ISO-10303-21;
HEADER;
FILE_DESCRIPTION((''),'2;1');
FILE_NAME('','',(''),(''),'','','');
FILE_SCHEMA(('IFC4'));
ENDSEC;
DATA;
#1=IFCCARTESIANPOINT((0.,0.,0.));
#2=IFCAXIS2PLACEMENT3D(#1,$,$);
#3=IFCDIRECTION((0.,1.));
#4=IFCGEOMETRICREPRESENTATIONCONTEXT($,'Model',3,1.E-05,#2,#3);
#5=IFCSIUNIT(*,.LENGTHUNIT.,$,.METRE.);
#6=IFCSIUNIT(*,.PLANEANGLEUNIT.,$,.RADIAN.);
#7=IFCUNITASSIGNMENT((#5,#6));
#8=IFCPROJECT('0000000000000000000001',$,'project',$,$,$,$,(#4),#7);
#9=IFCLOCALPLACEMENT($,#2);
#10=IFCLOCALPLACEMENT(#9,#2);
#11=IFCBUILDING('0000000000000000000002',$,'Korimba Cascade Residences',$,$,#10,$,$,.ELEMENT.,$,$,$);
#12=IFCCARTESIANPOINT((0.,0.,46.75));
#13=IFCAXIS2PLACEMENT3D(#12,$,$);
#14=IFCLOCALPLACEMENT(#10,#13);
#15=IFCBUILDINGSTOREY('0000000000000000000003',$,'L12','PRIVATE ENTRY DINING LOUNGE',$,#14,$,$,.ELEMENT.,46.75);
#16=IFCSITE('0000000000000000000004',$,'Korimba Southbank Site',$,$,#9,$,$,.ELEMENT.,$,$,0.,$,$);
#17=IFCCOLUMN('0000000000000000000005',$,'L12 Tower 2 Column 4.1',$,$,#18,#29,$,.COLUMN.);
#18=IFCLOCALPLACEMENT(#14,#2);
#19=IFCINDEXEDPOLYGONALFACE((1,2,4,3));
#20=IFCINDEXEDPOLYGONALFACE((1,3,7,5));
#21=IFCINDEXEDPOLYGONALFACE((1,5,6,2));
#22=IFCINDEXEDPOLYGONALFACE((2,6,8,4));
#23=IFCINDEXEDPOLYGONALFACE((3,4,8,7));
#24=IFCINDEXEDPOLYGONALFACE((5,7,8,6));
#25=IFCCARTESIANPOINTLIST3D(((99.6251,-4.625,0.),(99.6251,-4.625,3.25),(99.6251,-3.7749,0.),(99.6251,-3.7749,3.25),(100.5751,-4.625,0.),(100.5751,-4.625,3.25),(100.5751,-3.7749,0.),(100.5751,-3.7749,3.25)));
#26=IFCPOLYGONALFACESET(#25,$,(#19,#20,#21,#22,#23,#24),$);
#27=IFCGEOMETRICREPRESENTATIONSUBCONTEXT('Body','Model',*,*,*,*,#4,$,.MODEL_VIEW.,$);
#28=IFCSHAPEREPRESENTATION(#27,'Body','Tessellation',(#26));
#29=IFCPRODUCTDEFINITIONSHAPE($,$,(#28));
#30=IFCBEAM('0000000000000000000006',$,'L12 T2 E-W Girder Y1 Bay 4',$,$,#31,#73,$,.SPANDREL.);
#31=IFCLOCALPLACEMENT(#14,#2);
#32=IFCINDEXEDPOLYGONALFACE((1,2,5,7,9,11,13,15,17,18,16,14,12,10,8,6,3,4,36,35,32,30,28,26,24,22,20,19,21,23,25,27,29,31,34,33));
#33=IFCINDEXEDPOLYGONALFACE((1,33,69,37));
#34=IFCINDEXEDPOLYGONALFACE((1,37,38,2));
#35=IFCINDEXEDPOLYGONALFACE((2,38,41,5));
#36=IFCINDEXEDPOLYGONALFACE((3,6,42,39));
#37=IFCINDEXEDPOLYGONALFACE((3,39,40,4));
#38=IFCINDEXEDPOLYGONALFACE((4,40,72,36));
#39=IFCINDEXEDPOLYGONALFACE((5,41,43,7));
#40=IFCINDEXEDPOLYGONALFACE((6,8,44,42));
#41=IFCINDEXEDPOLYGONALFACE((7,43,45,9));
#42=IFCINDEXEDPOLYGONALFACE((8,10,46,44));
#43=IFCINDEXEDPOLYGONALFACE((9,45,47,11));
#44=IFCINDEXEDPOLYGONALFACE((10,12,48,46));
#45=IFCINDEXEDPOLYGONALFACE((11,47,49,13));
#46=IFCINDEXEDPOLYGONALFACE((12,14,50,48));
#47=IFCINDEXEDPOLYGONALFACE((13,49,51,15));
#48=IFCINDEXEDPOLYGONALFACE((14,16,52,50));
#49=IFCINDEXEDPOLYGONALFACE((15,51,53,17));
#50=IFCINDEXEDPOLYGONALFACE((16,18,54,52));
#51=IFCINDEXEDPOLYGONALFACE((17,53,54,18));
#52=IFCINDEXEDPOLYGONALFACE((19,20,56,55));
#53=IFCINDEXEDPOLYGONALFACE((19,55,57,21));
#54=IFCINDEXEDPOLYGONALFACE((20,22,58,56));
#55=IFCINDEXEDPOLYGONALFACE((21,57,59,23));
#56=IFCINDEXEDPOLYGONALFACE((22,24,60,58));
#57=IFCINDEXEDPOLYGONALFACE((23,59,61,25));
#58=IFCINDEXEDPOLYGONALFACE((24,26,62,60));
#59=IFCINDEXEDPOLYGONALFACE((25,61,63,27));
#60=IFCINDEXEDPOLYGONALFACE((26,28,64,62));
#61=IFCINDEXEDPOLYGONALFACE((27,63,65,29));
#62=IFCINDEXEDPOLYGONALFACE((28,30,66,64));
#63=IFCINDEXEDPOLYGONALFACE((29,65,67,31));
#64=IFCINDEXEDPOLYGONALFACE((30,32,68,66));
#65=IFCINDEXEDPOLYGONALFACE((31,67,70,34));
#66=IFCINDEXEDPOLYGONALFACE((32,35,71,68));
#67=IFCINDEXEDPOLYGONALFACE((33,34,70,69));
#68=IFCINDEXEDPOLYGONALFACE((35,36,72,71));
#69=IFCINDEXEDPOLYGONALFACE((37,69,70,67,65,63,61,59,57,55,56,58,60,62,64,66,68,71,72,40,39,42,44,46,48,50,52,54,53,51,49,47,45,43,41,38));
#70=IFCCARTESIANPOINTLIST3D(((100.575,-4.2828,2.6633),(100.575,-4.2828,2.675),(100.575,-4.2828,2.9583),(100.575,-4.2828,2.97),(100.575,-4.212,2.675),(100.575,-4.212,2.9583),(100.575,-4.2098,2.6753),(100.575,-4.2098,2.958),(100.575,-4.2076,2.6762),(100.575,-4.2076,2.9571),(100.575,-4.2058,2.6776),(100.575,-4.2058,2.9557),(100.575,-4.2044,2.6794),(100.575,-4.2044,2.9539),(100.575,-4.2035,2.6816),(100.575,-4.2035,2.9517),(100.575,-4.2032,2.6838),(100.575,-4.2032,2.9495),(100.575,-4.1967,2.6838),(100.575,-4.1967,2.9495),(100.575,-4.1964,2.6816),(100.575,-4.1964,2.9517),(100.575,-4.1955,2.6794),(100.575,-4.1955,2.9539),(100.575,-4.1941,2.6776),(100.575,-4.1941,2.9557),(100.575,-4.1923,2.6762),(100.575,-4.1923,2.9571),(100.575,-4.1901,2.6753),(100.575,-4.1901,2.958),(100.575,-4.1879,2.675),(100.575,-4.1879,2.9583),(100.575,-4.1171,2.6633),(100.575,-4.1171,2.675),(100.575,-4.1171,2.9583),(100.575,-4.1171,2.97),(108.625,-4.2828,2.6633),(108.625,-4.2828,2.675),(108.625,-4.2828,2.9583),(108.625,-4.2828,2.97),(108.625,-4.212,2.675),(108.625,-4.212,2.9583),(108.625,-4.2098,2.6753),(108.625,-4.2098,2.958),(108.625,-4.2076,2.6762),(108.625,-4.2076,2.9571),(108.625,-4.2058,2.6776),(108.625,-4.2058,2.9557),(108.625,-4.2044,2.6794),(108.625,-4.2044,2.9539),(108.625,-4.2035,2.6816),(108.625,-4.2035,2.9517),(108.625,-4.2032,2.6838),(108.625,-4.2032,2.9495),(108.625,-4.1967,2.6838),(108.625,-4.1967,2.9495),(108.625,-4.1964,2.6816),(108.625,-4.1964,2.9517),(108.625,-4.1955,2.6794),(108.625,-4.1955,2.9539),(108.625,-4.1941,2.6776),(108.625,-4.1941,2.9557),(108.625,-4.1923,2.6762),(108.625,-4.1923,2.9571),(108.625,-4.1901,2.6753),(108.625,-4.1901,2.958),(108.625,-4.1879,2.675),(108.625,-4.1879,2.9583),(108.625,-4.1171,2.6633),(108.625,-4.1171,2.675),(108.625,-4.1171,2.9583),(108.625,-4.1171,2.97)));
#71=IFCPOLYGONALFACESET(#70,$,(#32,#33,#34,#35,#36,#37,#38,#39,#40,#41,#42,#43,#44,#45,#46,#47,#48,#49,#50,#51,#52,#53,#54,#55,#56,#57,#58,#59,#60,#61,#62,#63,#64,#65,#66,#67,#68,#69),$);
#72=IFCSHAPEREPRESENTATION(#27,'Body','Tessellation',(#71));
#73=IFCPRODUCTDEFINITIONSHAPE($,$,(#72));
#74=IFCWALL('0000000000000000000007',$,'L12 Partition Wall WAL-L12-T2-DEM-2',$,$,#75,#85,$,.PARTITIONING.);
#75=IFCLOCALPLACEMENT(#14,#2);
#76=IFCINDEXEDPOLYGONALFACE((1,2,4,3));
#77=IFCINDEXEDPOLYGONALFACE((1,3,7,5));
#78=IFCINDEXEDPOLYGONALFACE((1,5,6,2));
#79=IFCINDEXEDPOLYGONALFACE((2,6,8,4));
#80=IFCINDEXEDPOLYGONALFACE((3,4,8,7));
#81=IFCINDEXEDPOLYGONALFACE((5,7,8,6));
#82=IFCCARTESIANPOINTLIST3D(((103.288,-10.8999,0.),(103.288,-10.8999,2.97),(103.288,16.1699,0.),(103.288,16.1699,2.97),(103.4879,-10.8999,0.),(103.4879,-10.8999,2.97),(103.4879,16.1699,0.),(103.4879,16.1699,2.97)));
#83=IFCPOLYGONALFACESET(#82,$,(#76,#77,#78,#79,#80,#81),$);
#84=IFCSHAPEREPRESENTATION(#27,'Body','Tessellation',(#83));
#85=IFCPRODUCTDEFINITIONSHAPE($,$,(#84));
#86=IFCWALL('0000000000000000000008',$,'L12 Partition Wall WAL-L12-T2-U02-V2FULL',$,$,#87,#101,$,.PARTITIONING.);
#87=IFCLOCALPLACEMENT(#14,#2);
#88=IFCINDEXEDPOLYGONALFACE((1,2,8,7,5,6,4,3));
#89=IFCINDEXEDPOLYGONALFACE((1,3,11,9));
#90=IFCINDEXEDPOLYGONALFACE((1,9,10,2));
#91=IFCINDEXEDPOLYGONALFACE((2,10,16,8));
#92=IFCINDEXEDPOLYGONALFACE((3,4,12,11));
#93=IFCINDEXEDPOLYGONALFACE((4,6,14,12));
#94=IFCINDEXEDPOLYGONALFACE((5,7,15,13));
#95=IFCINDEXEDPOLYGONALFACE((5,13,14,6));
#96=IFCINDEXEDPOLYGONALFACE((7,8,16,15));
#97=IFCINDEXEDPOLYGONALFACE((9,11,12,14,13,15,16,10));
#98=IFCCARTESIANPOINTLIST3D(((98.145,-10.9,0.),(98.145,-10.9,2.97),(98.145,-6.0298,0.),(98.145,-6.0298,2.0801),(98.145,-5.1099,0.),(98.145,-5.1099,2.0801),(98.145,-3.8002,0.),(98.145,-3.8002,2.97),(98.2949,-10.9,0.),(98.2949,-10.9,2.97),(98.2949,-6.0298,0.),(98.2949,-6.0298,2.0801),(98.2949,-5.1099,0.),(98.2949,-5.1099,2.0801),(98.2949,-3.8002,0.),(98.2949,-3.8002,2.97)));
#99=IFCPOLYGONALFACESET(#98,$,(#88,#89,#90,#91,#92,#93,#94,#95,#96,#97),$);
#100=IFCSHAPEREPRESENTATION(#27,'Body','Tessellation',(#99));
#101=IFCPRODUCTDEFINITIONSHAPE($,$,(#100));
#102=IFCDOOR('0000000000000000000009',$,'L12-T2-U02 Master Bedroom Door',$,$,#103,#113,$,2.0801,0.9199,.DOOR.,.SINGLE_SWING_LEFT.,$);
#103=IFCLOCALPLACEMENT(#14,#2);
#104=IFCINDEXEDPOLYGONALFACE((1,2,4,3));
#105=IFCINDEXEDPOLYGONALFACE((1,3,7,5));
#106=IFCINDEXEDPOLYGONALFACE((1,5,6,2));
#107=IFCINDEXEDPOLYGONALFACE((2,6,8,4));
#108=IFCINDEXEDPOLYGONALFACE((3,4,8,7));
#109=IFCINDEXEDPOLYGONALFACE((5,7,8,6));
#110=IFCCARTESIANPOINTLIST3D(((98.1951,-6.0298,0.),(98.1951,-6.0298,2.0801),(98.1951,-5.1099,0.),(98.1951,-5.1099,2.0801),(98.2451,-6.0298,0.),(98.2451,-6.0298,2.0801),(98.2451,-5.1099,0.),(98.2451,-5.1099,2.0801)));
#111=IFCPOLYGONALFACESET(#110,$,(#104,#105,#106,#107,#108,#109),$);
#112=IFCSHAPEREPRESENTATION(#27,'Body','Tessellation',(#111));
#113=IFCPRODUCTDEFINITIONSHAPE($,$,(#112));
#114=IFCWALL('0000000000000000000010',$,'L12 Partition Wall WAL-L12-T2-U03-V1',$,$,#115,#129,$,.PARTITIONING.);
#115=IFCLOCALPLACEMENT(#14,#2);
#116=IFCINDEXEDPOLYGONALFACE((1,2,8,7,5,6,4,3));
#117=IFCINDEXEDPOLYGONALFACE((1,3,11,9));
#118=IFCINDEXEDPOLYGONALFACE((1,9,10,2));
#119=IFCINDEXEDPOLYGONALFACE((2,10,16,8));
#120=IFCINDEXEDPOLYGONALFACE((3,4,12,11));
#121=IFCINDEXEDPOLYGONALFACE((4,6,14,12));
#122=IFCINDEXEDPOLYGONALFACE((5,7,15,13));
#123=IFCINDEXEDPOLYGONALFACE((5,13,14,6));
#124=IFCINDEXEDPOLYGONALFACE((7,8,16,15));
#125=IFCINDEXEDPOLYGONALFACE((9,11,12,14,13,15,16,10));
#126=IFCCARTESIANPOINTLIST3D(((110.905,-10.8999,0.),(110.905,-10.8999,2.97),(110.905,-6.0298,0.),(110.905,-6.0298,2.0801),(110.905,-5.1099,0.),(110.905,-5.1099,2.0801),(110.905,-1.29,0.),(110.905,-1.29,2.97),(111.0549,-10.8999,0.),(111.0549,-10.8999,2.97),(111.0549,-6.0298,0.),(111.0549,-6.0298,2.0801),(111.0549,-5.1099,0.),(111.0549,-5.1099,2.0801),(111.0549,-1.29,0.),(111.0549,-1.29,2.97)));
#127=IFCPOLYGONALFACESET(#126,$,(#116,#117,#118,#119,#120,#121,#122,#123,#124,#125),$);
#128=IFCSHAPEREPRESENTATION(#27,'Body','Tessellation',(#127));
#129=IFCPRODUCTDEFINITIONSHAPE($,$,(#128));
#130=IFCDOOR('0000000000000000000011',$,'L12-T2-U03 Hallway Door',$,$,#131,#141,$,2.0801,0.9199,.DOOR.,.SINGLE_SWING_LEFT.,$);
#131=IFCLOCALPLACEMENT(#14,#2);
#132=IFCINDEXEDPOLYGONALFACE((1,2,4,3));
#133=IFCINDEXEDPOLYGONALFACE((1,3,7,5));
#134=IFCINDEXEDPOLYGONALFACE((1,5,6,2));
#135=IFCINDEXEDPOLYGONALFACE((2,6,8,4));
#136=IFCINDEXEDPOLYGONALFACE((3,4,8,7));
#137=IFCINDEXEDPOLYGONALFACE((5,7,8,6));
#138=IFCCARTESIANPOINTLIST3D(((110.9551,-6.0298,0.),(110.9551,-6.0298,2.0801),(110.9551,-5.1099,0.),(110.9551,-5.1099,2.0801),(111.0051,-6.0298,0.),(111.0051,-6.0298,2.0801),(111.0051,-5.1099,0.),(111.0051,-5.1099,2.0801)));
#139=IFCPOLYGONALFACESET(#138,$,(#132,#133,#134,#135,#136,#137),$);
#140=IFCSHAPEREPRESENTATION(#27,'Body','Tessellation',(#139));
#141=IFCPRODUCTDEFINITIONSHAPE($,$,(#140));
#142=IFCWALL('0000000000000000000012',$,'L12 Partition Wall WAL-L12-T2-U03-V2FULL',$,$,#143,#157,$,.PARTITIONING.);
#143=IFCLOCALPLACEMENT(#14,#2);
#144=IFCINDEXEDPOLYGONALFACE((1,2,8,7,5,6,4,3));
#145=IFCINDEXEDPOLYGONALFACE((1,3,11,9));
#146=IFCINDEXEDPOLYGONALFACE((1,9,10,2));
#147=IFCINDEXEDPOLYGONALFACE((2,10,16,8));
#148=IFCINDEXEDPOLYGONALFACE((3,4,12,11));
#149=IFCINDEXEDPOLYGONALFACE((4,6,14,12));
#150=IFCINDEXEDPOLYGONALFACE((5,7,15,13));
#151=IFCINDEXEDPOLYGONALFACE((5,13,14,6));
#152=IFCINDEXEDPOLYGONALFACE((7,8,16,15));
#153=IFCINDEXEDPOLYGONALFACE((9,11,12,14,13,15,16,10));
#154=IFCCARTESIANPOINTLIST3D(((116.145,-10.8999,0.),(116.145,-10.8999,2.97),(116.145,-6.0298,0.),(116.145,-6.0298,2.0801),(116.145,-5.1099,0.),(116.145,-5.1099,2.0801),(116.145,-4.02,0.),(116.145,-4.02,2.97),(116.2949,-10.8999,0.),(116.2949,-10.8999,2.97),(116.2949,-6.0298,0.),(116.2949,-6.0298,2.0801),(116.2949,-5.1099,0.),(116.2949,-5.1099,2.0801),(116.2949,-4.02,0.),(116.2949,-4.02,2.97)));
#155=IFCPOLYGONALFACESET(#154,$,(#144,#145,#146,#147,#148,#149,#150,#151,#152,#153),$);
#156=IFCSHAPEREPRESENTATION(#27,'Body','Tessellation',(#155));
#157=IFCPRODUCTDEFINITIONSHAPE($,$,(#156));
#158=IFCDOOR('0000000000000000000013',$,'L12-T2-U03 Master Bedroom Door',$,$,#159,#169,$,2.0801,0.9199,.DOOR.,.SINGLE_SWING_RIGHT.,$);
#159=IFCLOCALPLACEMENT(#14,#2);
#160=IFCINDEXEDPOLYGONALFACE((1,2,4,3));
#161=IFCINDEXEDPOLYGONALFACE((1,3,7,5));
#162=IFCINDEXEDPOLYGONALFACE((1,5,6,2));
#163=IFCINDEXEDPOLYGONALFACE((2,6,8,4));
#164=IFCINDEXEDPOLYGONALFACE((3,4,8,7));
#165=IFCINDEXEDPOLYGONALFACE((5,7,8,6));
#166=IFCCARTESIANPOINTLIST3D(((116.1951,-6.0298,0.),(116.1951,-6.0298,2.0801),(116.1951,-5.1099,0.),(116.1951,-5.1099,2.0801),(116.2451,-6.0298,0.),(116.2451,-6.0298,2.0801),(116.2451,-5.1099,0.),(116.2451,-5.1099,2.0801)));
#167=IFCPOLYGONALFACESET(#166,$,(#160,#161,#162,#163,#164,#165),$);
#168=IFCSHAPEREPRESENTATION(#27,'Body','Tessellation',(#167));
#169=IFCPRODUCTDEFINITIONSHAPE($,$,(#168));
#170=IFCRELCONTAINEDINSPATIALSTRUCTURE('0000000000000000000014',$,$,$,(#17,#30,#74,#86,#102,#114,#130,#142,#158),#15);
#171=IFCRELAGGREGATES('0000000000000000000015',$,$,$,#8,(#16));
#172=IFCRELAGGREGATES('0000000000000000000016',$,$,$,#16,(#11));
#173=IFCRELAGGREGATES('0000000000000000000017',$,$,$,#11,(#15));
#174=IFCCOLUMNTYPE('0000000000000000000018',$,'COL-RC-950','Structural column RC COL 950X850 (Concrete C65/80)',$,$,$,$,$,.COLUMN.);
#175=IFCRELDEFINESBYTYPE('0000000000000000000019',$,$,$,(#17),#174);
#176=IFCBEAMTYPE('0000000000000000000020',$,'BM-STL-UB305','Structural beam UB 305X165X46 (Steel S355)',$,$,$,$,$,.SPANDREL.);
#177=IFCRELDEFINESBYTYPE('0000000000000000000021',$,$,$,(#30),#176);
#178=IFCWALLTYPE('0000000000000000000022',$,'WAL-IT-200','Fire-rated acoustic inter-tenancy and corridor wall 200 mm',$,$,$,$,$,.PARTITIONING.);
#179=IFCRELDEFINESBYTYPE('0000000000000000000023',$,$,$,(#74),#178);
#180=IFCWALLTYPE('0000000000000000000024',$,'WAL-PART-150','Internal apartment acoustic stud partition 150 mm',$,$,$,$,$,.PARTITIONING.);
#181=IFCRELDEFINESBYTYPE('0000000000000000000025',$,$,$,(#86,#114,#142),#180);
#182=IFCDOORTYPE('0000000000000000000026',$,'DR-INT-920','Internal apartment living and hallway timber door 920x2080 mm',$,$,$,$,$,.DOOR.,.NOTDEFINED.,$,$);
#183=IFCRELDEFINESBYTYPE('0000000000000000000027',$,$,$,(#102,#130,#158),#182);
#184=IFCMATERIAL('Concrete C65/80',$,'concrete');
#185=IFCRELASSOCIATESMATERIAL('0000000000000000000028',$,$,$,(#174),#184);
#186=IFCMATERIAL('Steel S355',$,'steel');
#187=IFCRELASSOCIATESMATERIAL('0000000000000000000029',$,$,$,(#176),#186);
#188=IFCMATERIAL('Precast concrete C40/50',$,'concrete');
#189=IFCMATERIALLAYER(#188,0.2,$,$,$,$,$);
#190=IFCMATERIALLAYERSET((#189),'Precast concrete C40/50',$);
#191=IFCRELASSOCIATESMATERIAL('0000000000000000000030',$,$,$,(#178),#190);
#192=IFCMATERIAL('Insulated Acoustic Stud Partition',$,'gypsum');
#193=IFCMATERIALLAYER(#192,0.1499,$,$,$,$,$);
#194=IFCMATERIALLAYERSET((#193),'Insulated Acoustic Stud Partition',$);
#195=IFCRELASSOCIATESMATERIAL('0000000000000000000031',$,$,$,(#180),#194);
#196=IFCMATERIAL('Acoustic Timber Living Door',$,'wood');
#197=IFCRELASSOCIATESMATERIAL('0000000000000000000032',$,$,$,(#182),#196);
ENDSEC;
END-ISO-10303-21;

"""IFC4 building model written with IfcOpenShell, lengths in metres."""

from ifc_helpers import new_model, si_unit, direction, frame, frame_2d, origin, origin_2d, place, context, subcontext, project, spatial, rectangle, i_section, extrude, material, layer, layer_set, material_profile, profile_set, type_object, element, fill, save


model = new_model("IFC4")

# Units and contexts
model_context = context("Model", 3, precision=1e-05, world=origin(), true_north=direction((0.0, 1.0)))
body_context = subcontext(model_context, "Body", "Model", "MODEL_VIEW")
ifc_project = project(units=[si_unit("LENGTHUNIT", "METRE"), si_unit("PLANEANGLEUNIT", "RADIAN")], contexts=[model_context])

# Site, building, storey
site_placement = place(None, origin())
site = spatial("IfcSite", under=ifc_project, at=site_placement, Name="Korimba Southbank Site", CompositionType="ELEMENT", RefElevation=0.0)
building_placement = place(site_placement, origin())
building = spatial("IfcBuilding", under=site, at=building_placement, Name="Korimba Cascade Residences", CompositionType="ELEMENT")
storey_placement = place(building_placement, frame((0.0, 0.0, 46.75)))
storey = spatial("IfcBuildingStorey", under=building, at=storey_placement, Name="L12", Description="PRIVATE ENTRY DINING LOUNGE", CompositionType="ELEMENT", Elevation=46.75)

# Column
ifc_material_1 = material(Name="Concrete C65/80", Category="concrete")
ifc_material_profile_1 = material_profile(ifc_material_1, rectangle(XDim=0.95, YDim=0.8501, at=origin_2d()), Name="Concrete C65/80")
ifc_profile_set_1 = profile_set([ifc_material_profile_1], Name="Concrete C65/80")
column_type = type_object("IfcColumnType", Name="COL-RC-950", Description="Structural column RC COL 950X850 (Concrete C65/80)", PredefinedType="COLUMN", material=ifc_profile_set_1)
column_placement = place(storey_placement, frame((100.1001, -4.2, 0.0), z_axis=(0.0, 0.0, 1.0), x_axis=(1.0, 0.0, 0.0)))
element("IfcColumn", 1, at=column_placement, inside=storey, type_object=column_type, Name="L12 Tower 2 Column 4.1", PredefinedType="COLUMN", context=body_context, shape_type="SweptSolid", body=[
    extrude(rectangle(XDim=0.95, YDim=0.8501, at=origin_2d()), origin(), (0.0, 0.0, 1.0), 3.25),
])

# Beam
ifc_material_2 = material(Name="Steel S355", Category="steel")
ifc_material_profile_2 = material_profile(ifc_material_2, i_section(OverallWidth=0.1658, OverallDepth=0.3066, WebThickness=0.0066, FlangeThickness=0.0117, FilletRadius=0.0088, at=origin_2d()), Name="Steel S355")
ifc_profile_set_2 = profile_set([ifc_material_profile_2], Name="Steel S355")
beam_type = type_object("IfcBeamType", Name="BM-STL-UB305", Description="Structural beam UB 305X165X46 (Steel S355)", PredefinedType="SPANDREL", material=ifc_profile_set_2)
beam_placement = place(storey_placement, frame((100.575, -4.2, 2.8167), z_axis=(1.0, 0.0, 0.0), x_axis=(0.0, 1.0, 0.0)))
element("IfcBeam", 2, at=beam_placement, inside=storey, type_object=beam_type, Name="L12 T2 E-W Girder Y1 Bay 4", PredefinedType="SPANDREL", context=body_context, shape_type="SweptSolid", body=[
    extrude(i_section(OverallWidth=0.1658, OverallDepth=0.3066, WebThickness=0.0066, FlangeThickness=0.0117, FilletRadius=0.0088, at=origin_2d()), origin(), (0.0, 0.0, 1.0), 8.05),
])

# Wall
ifc_material_3 = material(Name="Precast concrete C40/50", Category="concrete")
ifc_layer_1 = layer(ifc_material_3, 0.2)
ifc_layer_set_1 = layer_set([ifc_layer_1], Name="Precast concrete C40/50")
wall_type_1 = type_object("IfcWallType", Name="WAL-IT-200", Description="Fire-rated acoustic inter-tenancy and corridor wall 200 mm", PredefinedType="PARTITIONING", material=ifc_layer_set_1)
wall_1_placement = place(storey_placement, frame((103.3879, -10.8999, 0.0), z_axis=(0.0, 0.0, 1.0), x_axis=(0.0, 1.0, 0.0)))
element("IfcWall", 3, at=wall_1_placement, inside=storey, type_object=wall_type_1, Name="L12 Partition Wall WAL-L12-T2-DEM-2", PredefinedType="PARTITIONING", context=body_context, shape_type="SweptSolid", body=[
    extrude(rectangle(XDim=27.0698, YDim=0.2, at=frame_2d((13.5349, 0.0))), origin(), (0.0, 0.0, 1.0), 2.97),
])

# Walls, openings, doors
ifc_material_4 = material(Name="Insulated Acoustic Stud Partition", Category="gypsum")
ifc_layer_2 = layer(ifc_material_4, 0.1499)
ifc_layer_set_2 = layer_set([ifc_layer_2], Name="Insulated Acoustic Stud Partition")
wall_type_2 = type_object("IfcWallType", Name="WAL-PART-150", Description="Internal apartment acoustic stud partition 150 mm", PredefinedType="PARTITIONING", material=ifc_layer_set_2)
wall_2_placement = place(storey_placement, frame((98.22, -10.8999, 0.0), z_axis=(0.0, 0.0, 1.0), x_axis=(0.0, 1.0, 0.0)))
wall_2 = element("IfcWall", 4, at=wall_2_placement, inside=storey, type_object=wall_type_2, Name="L12 Partition Wall WAL-L12-T2-U02-V2FULL", PredefinedType="PARTITIONING", context=body_context, shape_type="SweptSolid", body=[
    extrude(rectangle(XDim=7.0999, YDim=0.1499, at=frame_2d((3.5498, 0.0))), origin(), (0.0, 0.0, 1.0), 2.97),
])
opening_1_placement = place(wall_2_placement, frame((4.8701, 0.0, 0.0)))
opening_1 = element("IfcOpeningElement", 5, at=opening_1_placement, cuts=wall_2, PredefinedType="OPENING", context=body_context, shape_type="SweptSolid", body=[
    extrude(rectangle(XDim=0.9199, YDim=2.0801, at=frame_2d((0.46, 1.04))), frame((0.0, 0.085, 0.0), z_axis=(0.0, -1.0, 0.0), x_axis=(1.0, 0.0, 0.0)), (0.0, 0.0, 1.0), 0.1699),
])
ifc_material_5 = material(Name="Acoustic Timber Living Door", Category="wood")
door_type_1 = type_object("IfcDoorType", Name="DR-INT-920", Description="Internal apartment living and hallway timber door 920x2080 mm", OperationType="NOTDEFINED", PredefinedType="DOOR", material=ifc_material_5)
door_1_placement = place(opening_1_placement, origin())
door_1 = element("IfcDoor", 6, at=door_1_placement, inside=storey, type_object=door_type_1, Name="L12-T2-U02 Master Bedroom Door", OperationType="SINGLE_SWING_LEFT", OverallHeight=2.0801, OverallWidth=0.9199, PredefinedType="DOOR", context=body_context, shape_type="SweptSolid", body=[
    extrude(rectangle(XDim=0.9199, YDim=2.0801, at=frame_2d((0.46, 1.04))), frame((0.0, 0.0249, 0.0), z_axis=(0.0, -1.0, 0.0), x_axis=(1.0, 0.0, 0.0)), (0.0, 0.0, 1.0), 0.05),
])
fill(opening_1, door_1)
wall_3_placement = place(storey_placement, frame((110.98, -10.8999, 0.0), z_axis=(0.0, 0.0, 1.0), x_axis=(0.0, 1.0, 0.0)))
wall_3 = element("IfcWall", 7, at=wall_3_placement, inside=storey, type_object=wall_type_2, Name="L12 Partition Wall WAL-L12-T2-U03-V1", PredefinedType="PARTITIONING", context=body_context, shape_type="SweptSolid", body=[
    extrude(rectangle(XDim=9.6099, YDim=0.1499, at=frame_2d((4.8049, 0.0))), origin(), (0.0, 0.0, 1.0), 2.97),
])
opening_2_placement = place(wall_3_placement, frame((4.8701, 0.0, 0.0)))
opening_2 = element("IfcOpeningElement", 8, at=opening_2_placement, cuts=wall_3, PredefinedType="OPENING", context=body_context, shape_type="SweptSolid", body=[
    extrude(rectangle(XDim=0.9199, YDim=2.0801, at=frame_2d((0.46, 1.04))), frame((0.0, 0.085, 0.0), z_axis=(0.0, -1.0, 0.0), x_axis=(1.0, 0.0, 0.0)), (0.0, 0.0, 1.0), 0.1699),
])
door_2_placement = place(opening_2_placement, origin())
door_2 = element("IfcDoor", 9, at=door_2_placement, inside=storey, type_object=door_type_1, Name="L12-T2-U03 Hallway Door", OperationType="SINGLE_SWING_LEFT", OverallHeight=2.0801, OverallWidth=0.9199, PredefinedType="DOOR", context=body_context, shape_type="SweptSolid", body=[
    extrude(rectangle(XDim=0.9199, YDim=2.0801, at=frame_2d((0.46, 1.04))), frame((0.0, 0.0249, 0.0), z_axis=(0.0, -1.0, 0.0), x_axis=(1.0, 0.0, 0.0)), (0.0, 0.0, 1.0), 0.05),
])
fill(opening_2, door_2)
wall_4_placement = place(storey_placement, frame((116.22, -10.8999, 0.0), z_axis=(0.0, 0.0, 1.0), x_axis=(0.0, 1.0, 0.0)))
wall_4 = element("IfcWall", 10, at=wall_4_placement, inside=storey, type_object=wall_type_2, Name="L12 Partition Wall WAL-L12-T2-U03-V2FULL", PredefinedType="PARTITIONING", context=body_context, shape_type="SweptSolid", body=[
    extrude(rectangle(XDim=6.8799, YDim=0.1499, at=frame_2d((3.4399, 0.0))), origin(), (0.0, 0.0, 1.0), 2.97),
])
opening_3_placement = place(wall_4_placement, frame((4.8701, 0.0, 0.0)))
opening_3 = element("IfcOpeningElement", 11, at=opening_3_placement, cuts=wall_4, PredefinedType="OPENING", context=body_context, shape_type="SweptSolid", body=[
    extrude(rectangle(XDim=0.9199, YDim=2.0801, at=frame_2d((0.46, 1.04))), frame((0.0, 0.085, 0.0), z_axis=(0.0, -1.0, 0.0), x_axis=(1.0, 0.0, 0.0)), (0.0, 0.0, 1.0), 0.1699),
])
door_3_placement = place(opening_3_placement, origin())
door_3 = element("IfcDoor", 12, at=door_3_placement, inside=storey, type_object=door_type_1, Name="L12-T2-U03 Master Bedroom Door", OperationType="SINGLE_SWING_RIGHT", OverallHeight=2.0801, OverallWidth=0.9199, PredefinedType="DOOR", context=body_context, shape_type="SweptSolid", body=[
    extrude(rectangle(XDim=0.9199, YDim=2.0801, at=frame_2d((0.46, 1.04))), frame((0.0, 0.0249, 0.0), z_axis=(0.0, -1.0, 0.0), x_axis=(1.0, 0.0, 0.0)), (0.0, 0.0, 1.0), 0.05),
])
fill(opening_3, door_3)

save(model, "model.ifc")
